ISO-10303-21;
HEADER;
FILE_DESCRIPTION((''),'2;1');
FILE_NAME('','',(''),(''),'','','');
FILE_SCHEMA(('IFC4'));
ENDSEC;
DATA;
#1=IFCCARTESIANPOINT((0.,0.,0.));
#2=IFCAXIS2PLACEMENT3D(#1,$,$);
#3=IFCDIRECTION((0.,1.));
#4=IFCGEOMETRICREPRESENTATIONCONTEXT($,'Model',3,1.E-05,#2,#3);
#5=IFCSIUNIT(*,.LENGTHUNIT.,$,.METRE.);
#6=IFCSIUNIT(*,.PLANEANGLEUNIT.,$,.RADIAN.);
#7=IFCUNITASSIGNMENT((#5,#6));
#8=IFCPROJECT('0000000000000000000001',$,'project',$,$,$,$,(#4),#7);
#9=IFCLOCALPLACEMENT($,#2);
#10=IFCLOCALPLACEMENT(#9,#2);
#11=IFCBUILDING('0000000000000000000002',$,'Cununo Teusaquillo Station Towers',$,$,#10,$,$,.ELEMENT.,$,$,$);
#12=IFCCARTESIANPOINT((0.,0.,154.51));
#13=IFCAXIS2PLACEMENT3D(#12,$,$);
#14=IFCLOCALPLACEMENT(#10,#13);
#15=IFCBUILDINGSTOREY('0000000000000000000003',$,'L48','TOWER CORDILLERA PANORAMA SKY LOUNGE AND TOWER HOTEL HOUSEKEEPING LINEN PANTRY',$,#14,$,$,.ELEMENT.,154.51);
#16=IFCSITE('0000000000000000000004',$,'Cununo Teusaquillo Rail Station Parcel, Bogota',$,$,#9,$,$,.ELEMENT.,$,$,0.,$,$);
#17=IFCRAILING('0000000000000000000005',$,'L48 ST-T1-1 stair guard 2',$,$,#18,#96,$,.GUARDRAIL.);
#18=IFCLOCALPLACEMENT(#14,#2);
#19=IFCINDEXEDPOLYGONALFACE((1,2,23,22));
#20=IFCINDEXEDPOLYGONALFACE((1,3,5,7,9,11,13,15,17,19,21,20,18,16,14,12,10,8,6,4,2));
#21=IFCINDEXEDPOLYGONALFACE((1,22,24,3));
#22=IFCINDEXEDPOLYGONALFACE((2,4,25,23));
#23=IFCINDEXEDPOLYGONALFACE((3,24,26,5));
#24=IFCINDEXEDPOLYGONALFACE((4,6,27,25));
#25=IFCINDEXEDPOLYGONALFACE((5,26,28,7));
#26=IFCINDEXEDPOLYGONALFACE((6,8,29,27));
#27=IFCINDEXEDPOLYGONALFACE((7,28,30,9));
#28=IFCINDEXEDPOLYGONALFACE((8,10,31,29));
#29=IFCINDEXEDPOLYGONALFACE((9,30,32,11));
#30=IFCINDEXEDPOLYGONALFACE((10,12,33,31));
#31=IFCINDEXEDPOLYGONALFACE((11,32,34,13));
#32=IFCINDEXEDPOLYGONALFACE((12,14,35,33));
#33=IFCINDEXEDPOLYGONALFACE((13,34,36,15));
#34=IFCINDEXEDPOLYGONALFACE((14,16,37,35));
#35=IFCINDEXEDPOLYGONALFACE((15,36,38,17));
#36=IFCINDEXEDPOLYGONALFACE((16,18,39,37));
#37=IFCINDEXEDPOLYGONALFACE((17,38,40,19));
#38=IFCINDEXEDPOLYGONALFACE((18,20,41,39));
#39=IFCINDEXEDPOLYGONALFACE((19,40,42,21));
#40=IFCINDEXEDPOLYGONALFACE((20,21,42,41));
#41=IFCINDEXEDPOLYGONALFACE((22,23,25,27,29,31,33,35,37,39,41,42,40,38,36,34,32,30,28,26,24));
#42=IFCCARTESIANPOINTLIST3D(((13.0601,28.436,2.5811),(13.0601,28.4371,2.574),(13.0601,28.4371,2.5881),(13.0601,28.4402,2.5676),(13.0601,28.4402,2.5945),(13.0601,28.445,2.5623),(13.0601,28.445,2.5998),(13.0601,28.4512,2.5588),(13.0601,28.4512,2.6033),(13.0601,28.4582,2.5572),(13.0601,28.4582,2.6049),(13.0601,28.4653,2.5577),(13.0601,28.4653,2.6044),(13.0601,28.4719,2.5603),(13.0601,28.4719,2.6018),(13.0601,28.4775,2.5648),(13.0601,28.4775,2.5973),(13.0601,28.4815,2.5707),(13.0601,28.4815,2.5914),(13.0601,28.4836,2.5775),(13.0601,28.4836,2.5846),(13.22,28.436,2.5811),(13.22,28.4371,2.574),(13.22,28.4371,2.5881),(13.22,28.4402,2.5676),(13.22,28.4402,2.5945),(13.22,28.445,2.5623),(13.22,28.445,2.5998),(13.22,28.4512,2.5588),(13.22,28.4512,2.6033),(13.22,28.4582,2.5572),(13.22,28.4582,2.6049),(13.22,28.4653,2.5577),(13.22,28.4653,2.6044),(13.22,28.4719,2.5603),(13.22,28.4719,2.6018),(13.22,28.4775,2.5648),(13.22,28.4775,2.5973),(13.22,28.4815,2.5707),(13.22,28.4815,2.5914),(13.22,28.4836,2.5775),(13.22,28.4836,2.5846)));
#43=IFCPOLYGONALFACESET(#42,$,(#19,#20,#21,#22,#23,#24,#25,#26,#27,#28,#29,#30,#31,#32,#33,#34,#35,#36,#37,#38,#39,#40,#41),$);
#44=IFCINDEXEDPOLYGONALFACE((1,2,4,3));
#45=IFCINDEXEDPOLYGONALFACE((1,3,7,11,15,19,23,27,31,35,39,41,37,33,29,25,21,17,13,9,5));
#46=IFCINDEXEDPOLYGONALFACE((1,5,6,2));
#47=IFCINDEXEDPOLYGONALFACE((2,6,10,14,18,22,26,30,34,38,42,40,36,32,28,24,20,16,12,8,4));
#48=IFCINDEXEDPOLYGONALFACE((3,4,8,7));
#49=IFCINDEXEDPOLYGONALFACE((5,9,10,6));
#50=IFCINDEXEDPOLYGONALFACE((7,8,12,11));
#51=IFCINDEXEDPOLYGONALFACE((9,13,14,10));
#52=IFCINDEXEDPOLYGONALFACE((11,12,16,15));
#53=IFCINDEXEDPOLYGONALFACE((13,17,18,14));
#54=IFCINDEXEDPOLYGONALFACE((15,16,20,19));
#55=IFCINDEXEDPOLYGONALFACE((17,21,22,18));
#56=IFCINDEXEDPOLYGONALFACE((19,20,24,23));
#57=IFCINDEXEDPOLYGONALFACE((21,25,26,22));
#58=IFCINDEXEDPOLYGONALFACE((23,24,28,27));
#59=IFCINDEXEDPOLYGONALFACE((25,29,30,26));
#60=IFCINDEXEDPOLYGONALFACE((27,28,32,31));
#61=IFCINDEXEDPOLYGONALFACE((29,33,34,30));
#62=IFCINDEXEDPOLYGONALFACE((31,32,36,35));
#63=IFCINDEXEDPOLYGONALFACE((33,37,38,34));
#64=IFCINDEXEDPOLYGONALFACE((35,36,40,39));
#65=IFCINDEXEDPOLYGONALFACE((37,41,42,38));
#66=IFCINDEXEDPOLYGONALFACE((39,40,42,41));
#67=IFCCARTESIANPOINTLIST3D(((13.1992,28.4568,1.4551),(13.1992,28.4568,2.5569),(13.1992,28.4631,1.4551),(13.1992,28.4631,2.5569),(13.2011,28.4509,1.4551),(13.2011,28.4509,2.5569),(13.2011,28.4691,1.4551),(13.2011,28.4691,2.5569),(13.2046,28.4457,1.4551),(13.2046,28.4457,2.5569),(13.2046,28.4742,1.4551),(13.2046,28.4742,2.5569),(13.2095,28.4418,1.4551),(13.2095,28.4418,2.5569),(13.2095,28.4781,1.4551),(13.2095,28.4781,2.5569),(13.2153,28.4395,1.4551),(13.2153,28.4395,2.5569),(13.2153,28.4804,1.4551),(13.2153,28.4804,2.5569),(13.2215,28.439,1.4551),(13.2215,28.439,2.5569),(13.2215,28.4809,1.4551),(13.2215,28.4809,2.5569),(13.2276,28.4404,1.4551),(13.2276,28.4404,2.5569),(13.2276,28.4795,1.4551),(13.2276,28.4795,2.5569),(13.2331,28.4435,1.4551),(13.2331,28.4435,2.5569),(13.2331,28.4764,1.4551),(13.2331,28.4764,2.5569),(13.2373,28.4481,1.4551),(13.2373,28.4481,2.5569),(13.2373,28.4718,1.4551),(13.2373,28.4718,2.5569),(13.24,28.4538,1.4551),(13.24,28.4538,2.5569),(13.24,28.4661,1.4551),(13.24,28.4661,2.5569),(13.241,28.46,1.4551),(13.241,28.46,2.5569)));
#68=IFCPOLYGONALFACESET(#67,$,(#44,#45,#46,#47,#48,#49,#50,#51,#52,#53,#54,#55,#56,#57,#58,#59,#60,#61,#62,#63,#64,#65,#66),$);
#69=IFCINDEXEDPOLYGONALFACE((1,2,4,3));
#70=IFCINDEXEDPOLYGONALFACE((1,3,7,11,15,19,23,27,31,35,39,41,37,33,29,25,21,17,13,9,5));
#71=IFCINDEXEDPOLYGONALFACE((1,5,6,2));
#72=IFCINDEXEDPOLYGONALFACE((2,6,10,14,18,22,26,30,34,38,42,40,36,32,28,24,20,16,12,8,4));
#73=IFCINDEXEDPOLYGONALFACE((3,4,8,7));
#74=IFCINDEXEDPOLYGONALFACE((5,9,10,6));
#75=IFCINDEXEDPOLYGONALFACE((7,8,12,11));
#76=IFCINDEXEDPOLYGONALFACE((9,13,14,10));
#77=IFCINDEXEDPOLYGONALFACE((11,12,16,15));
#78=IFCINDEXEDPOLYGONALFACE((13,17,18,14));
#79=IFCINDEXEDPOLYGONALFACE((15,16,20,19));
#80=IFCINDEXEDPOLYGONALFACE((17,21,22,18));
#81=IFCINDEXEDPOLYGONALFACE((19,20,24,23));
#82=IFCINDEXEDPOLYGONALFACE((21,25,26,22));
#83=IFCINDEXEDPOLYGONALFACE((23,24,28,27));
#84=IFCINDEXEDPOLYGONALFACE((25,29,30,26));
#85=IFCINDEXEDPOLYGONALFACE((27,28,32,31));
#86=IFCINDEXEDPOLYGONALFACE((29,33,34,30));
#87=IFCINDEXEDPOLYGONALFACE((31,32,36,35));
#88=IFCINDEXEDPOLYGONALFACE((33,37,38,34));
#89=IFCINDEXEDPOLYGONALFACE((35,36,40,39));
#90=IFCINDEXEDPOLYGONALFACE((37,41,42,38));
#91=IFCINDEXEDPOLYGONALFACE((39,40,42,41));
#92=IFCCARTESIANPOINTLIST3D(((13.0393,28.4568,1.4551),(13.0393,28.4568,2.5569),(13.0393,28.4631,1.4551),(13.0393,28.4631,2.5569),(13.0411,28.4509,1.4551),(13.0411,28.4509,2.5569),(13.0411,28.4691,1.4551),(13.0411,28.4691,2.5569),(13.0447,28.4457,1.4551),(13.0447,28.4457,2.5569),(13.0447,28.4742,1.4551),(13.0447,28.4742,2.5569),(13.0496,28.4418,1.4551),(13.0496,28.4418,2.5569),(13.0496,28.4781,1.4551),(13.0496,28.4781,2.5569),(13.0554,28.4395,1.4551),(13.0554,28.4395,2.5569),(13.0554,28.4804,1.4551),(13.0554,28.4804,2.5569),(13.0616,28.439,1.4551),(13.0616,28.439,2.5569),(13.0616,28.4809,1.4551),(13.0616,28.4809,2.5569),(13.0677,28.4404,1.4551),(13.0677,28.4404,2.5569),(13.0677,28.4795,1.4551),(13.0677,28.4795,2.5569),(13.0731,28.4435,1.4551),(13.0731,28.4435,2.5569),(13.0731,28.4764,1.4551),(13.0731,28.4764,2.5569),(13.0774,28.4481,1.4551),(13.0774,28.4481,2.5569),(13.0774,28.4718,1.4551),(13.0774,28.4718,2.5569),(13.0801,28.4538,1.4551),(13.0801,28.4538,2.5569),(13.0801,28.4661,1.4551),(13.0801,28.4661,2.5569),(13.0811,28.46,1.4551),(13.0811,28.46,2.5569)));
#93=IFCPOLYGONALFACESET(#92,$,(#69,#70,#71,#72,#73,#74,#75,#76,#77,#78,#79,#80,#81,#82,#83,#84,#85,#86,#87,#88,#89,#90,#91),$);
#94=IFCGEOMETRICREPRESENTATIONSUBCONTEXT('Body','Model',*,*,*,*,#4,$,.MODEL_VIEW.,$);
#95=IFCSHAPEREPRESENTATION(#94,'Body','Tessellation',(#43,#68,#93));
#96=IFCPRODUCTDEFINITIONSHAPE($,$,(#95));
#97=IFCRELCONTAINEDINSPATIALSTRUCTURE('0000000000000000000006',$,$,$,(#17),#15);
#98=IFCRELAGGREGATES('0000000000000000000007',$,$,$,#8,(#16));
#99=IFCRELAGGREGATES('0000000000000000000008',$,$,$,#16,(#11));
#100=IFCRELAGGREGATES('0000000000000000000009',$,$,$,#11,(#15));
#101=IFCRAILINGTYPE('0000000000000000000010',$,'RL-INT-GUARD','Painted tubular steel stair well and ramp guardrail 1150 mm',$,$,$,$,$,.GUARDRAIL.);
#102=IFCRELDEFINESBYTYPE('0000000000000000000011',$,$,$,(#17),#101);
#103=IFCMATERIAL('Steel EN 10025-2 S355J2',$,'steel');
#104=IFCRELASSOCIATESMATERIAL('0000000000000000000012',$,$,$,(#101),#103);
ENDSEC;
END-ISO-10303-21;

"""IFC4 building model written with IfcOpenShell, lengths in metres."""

from ifc_helpers import new_model, si_unit, direction, frame, origin, origin_2d, place, context, subcontext, project, spatial, circle, extrude, material, type_object, element, save


model = new_model("IFC4")

# Units and contexts
model_context = context("Model", 3, precision=1e-05, world=origin(), true_north=direction((0.0, 1.0)))
body_context = subcontext(model_context, "Body", "Model", "MODEL_VIEW")
ifc_project = project(units=[si_unit("LENGTHUNIT", "METRE"), si_unit("PLANEANGLEUNIT", "RADIAN")], contexts=[model_context])

# Site, building, storey
site_placement = place(None, origin())
site = spatial("IfcSite", under=ifc_project, at=site_placement, Name="Cununo Teusaquillo Rail Station Parcel, Bogota", CompositionType="ELEMENT", RefElevation=0.0)
building_placement = place(site_placement, origin())
building = spatial("IfcBuilding", under=site, at=building_placement, Name="Cununo Teusaquillo Station Towers", CompositionType="ELEMENT")
storey_placement = place(building_placement, frame((0.0, 0.0, 154.51)))
storey = spatial("IfcBuildingStorey", under=building, at=storey_placement, Name="L48", Description="TOWER CORDILLERA PANORAMA SKY LOUNGE AND TOWER HOTEL HOUSEKEEPING LINEN PANTRY", CompositionType="ELEMENT", Elevation=154.51)

# Railing
ifc_material_1 = material(Name="Steel EN 10025-2 S355J2", Category="steel")
railing_type_1 = type_object("IfcRailingType", Name="RL-INT-GUARD", Description="Painted tubular steel stair well and ramp guardrail 1150 mm", PredefinedType="GUARDRAIL", material=ifc_material_1)
railing_1_placement = place(storey_placement, frame((13.22, 28.46, 1.4551)))
element("IfcRailing", 1, at=railing_1_placement, inside=storey, type_object=railing_type_1, Name="L48 ST-T1-1 stair guard 2", PredefinedType="GUARDRAIL", context=body_context, shape_type="SweptSolid", body=[
    extrude(circle(Radius=0.0239, at=origin_2d()), frame((0.0, 0.0, 1.126), z_axis=(-1.0, 0.0, 0.0), x_axis=(0.0, -1.0, 0.0)), (0.0, 0.0, 1.0), 0.1599),
    extrude(circle(Radius=0.021, at=origin_2d()), origin(), (0.0, 0.0, 1.0), 1.1018),
    extrude(circle(Radius=0.021, at=origin_2d()), frame((-0.1599, 0.0, 0.0)), (0.0, 0.0, 1.0), 1.1018),
])

save(model, "model.ifc")
